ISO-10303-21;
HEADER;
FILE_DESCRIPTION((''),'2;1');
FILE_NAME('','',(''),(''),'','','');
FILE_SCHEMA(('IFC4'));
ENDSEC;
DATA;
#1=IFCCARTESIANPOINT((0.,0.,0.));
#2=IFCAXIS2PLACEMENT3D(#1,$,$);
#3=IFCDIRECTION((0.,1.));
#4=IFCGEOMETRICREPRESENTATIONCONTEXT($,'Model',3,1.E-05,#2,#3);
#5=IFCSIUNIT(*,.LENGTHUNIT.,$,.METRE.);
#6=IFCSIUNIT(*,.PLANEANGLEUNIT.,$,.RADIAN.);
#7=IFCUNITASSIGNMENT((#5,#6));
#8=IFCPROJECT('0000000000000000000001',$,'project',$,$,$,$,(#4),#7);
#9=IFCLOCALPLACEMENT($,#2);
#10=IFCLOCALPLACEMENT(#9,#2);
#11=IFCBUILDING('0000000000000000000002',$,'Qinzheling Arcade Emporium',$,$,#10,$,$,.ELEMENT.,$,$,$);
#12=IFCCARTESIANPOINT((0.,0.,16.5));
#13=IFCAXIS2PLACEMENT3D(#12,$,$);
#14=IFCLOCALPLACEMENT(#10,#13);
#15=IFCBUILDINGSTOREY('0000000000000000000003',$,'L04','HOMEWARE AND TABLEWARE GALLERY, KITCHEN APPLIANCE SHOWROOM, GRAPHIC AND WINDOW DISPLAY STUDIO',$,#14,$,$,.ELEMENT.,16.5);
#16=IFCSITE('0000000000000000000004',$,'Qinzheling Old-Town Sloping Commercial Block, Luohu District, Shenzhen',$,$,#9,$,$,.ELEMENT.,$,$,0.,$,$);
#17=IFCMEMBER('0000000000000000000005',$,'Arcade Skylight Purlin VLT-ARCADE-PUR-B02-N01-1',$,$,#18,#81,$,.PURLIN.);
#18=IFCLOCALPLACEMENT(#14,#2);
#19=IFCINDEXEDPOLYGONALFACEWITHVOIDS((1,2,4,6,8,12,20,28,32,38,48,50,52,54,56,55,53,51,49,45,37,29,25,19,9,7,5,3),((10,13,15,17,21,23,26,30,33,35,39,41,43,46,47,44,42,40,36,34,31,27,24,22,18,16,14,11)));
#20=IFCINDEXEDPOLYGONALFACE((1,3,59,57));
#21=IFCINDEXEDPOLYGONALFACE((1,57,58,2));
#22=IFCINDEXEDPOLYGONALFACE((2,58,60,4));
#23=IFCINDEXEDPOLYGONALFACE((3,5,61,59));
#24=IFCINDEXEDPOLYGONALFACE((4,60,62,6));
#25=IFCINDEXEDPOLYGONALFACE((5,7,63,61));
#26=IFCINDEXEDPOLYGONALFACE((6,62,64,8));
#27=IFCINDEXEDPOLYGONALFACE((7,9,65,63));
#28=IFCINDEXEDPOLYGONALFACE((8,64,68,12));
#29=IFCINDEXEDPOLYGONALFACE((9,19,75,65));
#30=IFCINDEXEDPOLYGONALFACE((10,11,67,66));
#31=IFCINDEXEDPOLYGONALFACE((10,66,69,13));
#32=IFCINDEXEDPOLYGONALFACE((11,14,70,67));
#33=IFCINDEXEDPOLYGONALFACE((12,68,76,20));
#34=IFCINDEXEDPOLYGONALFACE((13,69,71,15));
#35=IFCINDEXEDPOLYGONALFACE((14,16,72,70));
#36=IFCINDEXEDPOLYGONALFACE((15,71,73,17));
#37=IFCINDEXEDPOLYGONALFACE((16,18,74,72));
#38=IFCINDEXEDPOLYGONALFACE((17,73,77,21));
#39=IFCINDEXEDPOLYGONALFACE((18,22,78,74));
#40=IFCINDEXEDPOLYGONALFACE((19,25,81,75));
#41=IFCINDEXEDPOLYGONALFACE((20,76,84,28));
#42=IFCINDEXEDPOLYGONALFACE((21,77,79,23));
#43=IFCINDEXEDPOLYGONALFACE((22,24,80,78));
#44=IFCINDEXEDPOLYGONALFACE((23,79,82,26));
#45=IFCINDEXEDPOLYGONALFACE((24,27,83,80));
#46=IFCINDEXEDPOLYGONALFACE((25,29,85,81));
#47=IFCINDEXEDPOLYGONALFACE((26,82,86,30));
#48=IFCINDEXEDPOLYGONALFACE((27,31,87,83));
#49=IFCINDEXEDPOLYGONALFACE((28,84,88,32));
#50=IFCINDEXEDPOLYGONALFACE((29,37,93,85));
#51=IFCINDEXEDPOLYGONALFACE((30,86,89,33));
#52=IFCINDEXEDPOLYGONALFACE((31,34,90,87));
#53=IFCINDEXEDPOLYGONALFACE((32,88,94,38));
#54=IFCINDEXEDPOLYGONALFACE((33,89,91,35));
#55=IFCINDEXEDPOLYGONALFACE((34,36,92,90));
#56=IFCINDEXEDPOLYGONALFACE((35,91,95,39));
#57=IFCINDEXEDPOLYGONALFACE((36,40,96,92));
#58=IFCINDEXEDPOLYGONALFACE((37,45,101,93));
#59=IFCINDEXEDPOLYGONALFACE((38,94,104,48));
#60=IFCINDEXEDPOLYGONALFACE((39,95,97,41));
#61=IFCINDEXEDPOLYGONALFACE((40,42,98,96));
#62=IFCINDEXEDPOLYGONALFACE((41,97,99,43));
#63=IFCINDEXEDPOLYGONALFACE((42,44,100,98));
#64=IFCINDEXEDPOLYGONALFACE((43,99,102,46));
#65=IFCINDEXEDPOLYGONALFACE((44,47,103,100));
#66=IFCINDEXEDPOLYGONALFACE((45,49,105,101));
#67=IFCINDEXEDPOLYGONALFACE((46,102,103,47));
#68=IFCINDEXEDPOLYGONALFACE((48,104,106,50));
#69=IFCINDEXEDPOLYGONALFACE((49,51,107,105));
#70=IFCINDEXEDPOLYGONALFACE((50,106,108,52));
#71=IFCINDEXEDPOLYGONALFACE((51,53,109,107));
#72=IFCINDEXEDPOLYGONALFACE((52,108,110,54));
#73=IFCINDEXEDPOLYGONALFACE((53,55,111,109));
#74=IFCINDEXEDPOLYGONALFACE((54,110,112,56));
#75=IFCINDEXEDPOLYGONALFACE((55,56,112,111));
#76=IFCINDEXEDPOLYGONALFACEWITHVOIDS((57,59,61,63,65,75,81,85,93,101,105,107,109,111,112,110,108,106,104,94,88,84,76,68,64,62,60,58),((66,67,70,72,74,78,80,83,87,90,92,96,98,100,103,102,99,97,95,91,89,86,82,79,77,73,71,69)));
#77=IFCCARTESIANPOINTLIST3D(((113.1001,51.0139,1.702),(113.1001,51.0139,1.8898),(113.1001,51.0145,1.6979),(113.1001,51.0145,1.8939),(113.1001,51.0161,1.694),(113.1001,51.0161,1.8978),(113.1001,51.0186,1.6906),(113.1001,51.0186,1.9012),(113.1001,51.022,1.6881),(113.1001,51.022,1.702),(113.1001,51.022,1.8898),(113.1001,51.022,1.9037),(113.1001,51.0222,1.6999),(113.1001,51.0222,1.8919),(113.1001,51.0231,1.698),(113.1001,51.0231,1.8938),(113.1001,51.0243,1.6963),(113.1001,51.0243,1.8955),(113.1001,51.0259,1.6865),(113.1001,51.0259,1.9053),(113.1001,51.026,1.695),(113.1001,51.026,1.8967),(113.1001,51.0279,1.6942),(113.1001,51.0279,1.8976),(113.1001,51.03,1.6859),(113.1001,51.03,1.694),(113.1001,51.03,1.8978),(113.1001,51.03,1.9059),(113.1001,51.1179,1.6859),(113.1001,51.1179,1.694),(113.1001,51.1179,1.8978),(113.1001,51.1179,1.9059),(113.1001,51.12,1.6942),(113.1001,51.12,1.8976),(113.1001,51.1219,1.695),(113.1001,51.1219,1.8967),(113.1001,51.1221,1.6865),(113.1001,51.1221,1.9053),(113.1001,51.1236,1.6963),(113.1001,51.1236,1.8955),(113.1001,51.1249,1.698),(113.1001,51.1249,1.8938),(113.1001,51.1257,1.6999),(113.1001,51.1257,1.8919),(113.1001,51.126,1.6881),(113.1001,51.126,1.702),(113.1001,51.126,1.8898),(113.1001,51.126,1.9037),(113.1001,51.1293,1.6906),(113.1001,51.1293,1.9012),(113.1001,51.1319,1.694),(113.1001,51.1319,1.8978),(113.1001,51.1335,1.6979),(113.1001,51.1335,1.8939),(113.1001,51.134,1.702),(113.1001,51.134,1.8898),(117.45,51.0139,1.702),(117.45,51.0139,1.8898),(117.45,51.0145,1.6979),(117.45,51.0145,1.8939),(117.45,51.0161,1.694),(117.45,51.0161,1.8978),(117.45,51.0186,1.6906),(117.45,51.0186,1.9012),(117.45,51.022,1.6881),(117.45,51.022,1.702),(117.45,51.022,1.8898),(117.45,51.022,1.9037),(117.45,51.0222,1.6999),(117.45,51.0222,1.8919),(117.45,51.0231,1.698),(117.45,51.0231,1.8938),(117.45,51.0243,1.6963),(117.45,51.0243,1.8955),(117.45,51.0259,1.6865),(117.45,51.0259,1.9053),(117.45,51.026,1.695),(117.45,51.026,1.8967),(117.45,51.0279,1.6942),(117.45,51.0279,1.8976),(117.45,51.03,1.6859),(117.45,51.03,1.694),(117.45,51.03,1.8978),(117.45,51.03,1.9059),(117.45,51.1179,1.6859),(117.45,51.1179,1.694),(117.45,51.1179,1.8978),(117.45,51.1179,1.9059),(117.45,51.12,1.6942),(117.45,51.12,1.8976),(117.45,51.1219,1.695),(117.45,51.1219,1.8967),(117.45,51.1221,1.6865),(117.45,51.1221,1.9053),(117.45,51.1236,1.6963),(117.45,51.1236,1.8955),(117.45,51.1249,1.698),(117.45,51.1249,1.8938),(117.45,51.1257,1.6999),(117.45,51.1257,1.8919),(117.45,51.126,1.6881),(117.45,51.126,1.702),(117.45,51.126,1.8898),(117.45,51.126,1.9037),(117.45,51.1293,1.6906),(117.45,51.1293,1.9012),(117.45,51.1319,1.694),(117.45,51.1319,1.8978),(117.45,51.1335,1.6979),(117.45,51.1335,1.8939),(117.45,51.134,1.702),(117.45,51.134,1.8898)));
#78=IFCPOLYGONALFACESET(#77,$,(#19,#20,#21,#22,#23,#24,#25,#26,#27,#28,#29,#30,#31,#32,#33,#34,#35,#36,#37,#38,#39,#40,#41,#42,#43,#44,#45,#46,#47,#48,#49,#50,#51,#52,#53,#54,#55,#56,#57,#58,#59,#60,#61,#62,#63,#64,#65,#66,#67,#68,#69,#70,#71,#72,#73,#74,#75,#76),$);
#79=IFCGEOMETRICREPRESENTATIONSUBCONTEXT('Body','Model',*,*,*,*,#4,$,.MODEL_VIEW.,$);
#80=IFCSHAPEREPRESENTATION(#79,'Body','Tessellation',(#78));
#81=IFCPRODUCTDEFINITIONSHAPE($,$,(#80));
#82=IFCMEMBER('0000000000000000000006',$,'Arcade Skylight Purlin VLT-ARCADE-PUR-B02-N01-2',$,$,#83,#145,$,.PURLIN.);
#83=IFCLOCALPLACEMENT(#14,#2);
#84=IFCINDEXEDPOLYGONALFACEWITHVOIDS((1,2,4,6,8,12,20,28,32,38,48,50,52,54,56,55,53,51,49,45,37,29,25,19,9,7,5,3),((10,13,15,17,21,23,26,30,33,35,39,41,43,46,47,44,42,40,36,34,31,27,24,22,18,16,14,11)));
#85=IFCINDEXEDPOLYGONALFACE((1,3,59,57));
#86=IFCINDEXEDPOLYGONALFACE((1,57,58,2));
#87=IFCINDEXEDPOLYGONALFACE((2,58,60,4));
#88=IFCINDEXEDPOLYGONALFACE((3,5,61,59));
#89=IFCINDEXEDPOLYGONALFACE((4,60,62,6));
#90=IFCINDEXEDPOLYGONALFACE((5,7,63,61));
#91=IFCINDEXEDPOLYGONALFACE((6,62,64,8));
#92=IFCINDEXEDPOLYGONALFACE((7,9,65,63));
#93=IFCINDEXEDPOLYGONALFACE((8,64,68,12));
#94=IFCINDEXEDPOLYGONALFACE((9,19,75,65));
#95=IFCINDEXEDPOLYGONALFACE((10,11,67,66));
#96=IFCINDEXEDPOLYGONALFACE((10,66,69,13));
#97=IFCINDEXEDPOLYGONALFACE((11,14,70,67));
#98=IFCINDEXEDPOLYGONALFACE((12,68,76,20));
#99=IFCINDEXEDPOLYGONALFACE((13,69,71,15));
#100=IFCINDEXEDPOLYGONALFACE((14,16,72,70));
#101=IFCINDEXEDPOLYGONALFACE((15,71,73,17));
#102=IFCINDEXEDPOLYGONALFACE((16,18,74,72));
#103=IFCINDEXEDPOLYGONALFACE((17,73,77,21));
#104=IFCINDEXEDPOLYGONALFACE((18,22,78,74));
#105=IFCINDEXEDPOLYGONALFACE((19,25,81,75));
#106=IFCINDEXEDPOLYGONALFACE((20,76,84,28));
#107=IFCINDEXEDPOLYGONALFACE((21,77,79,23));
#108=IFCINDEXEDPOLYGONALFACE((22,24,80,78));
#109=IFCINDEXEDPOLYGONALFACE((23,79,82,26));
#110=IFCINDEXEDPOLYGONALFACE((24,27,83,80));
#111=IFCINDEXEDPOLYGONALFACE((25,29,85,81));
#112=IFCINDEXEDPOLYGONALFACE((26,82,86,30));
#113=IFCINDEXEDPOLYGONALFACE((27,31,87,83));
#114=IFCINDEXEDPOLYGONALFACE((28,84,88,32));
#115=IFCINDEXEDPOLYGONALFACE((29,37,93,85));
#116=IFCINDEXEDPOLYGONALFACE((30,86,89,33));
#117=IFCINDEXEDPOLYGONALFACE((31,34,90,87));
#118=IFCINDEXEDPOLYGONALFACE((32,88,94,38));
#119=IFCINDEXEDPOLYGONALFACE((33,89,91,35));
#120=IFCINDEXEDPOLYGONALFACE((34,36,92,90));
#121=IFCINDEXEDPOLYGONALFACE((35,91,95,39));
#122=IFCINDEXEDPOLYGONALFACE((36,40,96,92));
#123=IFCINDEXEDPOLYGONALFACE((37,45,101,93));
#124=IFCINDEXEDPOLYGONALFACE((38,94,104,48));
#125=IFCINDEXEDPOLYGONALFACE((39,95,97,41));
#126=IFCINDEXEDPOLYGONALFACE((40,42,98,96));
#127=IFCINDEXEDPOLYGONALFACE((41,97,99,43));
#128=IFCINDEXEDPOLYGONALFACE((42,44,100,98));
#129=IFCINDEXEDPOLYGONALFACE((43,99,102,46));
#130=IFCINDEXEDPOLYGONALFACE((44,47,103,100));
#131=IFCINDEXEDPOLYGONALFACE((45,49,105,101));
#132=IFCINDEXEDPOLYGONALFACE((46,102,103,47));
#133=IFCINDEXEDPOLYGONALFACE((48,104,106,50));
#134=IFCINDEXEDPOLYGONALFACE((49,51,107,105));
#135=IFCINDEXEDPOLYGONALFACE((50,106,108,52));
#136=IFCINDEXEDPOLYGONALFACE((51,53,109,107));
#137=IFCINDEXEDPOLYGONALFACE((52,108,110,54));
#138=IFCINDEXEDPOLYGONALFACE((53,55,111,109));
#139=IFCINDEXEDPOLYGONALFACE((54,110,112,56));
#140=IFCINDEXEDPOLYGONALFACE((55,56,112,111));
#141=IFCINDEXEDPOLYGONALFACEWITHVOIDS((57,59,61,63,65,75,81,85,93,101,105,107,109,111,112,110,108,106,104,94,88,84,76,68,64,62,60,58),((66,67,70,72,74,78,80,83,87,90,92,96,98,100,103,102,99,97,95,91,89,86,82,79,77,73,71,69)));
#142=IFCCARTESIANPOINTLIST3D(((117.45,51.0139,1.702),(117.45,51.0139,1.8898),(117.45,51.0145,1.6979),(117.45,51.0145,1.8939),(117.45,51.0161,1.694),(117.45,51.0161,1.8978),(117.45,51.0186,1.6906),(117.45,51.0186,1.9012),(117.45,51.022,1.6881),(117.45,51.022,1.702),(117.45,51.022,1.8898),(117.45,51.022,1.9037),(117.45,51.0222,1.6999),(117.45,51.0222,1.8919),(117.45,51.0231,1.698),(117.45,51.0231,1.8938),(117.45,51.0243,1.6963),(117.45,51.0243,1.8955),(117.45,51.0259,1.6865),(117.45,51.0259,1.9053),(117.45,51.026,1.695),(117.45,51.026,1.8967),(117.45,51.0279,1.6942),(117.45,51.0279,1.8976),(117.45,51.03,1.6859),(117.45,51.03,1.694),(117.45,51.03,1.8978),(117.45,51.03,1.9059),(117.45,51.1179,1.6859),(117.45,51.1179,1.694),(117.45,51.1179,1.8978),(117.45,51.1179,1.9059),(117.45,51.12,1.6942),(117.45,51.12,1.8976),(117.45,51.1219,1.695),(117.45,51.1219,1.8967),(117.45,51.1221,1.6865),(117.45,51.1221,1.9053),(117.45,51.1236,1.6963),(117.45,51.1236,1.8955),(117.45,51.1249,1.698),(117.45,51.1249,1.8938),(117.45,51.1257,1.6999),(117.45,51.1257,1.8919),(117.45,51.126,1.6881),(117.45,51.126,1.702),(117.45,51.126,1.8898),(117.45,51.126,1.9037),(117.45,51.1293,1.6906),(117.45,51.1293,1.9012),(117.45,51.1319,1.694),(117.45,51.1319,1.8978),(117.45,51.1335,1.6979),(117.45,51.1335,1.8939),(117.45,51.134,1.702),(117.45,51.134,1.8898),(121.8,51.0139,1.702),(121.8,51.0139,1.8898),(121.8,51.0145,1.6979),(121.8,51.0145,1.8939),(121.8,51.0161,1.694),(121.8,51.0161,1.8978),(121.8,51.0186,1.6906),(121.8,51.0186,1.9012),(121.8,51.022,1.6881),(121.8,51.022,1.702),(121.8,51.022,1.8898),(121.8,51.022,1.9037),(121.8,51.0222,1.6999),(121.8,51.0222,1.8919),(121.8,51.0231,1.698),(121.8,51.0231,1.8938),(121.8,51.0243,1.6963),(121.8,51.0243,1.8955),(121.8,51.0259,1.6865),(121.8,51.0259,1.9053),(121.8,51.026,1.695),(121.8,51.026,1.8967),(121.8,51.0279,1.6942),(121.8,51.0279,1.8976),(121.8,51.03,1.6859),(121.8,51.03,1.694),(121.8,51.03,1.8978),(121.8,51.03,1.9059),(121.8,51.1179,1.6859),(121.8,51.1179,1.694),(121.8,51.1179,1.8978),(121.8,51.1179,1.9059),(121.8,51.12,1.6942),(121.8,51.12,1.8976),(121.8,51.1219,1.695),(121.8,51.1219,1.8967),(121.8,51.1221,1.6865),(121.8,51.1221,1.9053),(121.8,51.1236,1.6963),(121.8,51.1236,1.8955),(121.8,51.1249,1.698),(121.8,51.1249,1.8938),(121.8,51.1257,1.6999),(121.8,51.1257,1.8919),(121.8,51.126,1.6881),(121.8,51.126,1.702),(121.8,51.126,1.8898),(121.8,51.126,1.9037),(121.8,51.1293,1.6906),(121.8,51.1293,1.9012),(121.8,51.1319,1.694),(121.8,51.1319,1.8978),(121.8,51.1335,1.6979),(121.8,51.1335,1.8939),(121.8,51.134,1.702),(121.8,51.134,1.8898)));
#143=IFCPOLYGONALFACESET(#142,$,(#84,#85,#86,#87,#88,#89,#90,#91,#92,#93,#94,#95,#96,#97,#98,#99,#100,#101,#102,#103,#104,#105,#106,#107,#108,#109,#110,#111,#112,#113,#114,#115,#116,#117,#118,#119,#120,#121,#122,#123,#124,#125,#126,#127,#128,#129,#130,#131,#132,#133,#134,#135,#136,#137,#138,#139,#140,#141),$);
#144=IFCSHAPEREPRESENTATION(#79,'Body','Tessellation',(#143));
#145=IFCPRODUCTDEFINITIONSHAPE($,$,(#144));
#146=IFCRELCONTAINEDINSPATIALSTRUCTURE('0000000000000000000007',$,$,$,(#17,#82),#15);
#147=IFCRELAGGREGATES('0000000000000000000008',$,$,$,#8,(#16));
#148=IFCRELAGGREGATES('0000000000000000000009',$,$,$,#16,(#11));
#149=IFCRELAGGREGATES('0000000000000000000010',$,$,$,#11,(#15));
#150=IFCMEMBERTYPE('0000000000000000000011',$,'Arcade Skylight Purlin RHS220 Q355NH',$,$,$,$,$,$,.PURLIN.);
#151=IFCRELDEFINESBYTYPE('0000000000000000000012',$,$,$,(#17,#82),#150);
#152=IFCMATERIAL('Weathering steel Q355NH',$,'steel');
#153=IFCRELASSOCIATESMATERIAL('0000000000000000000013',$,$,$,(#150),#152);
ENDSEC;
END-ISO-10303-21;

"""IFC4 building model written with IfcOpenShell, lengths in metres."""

from ifc_helpers import new_model, si_unit, direction, frame, origin, origin_2d, place, context, subcontext, project, spatial, hollow_rectangle, extrude, material, material_profile, profile_set, type_object, element, save


model = new_model("IFC4")

# Units and contexts
model_context = context("Model", 3, precision=1e-05, world=origin(), true_north=direction((0.0, 1.0)))
body_context = subcontext(model_context, "Body", "Model", "MODEL_VIEW")
ifc_project = project(units=[si_unit("LENGTHUNIT", "METRE"), si_unit("PLANEANGLEUNIT", "RADIAN")], contexts=[model_context])

# Site, building, storey
site_placement = place(None, origin())
site = spatial("IfcSite", under=ifc_project, at=site_placement, Name="Qinzheling Old-Town Sloping Commercial Block, Luohu District, Shenzhen", CompositionType="ELEMENT", RefElevation=0.0)
building_placement = place(site_placement, origin())
building = spatial("IfcBuilding", under=site, at=building_placement, Name="Qinzheling Arcade Emporium", CompositionType="ELEMENT")
storey_placement = place(building_placement, frame((0.0, 0.0, 16.5)))
storey = spatial("IfcBuildingStorey", under=building, at=storey_placement, Name="L04", Description="HOMEWARE AND TABLEWARE GALLERY, KITCHEN APPLIANCE SHOWROOM, GRAPHIC AND WINDOW DISPLAY STUDIO", CompositionType="ELEMENT", Elevation=16.5)

# Shared definitions
ifc_material_1 = material(Name="Weathering steel Q355NH", Category="steel")

# Members
ifc_material_profile_1 = material_profile(ifc_material_1, hollow_rectangle(XDim=0.1201, YDim=0.22, WallThickness=0.0081, InnerFilletRadius=0.0081, OuterFilletRadius=0.0161, at=origin_2d()), Name="RHS 220x120x8", Category="steel")
ifc_profile_set_1 = profile_set([ifc_material_profile_1], Name="Weathering steel Q355NH")
member_type_1 = type_object("IfcMemberType", Name="Arcade Skylight Purlin RHS220 Q355NH", PredefinedType="PURLIN", material=ifc_profile_set_1)
member_1_placement = place(storey_placement, frame((113.1001, 51.074, 1.7959), z_axis=(1.0, 0.0, 0.0), x_axis=(0.0, 1.0, 0.0)))
element("IfcMember", 1, at=member_1_placement, inside=storey, type_object=member_type_1, Name="Arcade Skylight Purlin VLT-ARCADE-PUR-B02-N01-1", PredefinedType="PURLIN", context=body_context, shape_type="SweptSolid", body=[
    extrude(hollow_rectangle(XDim=0.1201, YDim=0.22, WallThickness=0.0081, InnerFilletRadius=0.0081, OuterFilletRadius=0.0161, at=origin_2d()), origin(), (0.0, 0.0, 1.0), 4.3499),
])
member_2_placement = place(storey_placement, frame((117.45, 51.074, 1.7959), z_axis=(1.0, 0.0, 0.0), x_axis=(0.0, 1.0, 0.0)))
element("IfcMember", 2, at=member_2_placement, inside=storey, type_object=member_type_1, Name="Arcade Skylight Purlin VLT-ARCADE-PUR-B02-N01-2", PredefinedType="PURLIN", context=body_context, shape_type="SweptSolid", body=[
    extrude(hollow_rectangle(XDim=0.1201, YDim=0.22, WallThickness=0.0081, InnerFilletRadius=0.0081, OuterFilletRadius=0.0161, at=origin_2d()), origin(), (0.0, 0.0, 1.0), 4.3501),
])

save(model, "model.ifc")
